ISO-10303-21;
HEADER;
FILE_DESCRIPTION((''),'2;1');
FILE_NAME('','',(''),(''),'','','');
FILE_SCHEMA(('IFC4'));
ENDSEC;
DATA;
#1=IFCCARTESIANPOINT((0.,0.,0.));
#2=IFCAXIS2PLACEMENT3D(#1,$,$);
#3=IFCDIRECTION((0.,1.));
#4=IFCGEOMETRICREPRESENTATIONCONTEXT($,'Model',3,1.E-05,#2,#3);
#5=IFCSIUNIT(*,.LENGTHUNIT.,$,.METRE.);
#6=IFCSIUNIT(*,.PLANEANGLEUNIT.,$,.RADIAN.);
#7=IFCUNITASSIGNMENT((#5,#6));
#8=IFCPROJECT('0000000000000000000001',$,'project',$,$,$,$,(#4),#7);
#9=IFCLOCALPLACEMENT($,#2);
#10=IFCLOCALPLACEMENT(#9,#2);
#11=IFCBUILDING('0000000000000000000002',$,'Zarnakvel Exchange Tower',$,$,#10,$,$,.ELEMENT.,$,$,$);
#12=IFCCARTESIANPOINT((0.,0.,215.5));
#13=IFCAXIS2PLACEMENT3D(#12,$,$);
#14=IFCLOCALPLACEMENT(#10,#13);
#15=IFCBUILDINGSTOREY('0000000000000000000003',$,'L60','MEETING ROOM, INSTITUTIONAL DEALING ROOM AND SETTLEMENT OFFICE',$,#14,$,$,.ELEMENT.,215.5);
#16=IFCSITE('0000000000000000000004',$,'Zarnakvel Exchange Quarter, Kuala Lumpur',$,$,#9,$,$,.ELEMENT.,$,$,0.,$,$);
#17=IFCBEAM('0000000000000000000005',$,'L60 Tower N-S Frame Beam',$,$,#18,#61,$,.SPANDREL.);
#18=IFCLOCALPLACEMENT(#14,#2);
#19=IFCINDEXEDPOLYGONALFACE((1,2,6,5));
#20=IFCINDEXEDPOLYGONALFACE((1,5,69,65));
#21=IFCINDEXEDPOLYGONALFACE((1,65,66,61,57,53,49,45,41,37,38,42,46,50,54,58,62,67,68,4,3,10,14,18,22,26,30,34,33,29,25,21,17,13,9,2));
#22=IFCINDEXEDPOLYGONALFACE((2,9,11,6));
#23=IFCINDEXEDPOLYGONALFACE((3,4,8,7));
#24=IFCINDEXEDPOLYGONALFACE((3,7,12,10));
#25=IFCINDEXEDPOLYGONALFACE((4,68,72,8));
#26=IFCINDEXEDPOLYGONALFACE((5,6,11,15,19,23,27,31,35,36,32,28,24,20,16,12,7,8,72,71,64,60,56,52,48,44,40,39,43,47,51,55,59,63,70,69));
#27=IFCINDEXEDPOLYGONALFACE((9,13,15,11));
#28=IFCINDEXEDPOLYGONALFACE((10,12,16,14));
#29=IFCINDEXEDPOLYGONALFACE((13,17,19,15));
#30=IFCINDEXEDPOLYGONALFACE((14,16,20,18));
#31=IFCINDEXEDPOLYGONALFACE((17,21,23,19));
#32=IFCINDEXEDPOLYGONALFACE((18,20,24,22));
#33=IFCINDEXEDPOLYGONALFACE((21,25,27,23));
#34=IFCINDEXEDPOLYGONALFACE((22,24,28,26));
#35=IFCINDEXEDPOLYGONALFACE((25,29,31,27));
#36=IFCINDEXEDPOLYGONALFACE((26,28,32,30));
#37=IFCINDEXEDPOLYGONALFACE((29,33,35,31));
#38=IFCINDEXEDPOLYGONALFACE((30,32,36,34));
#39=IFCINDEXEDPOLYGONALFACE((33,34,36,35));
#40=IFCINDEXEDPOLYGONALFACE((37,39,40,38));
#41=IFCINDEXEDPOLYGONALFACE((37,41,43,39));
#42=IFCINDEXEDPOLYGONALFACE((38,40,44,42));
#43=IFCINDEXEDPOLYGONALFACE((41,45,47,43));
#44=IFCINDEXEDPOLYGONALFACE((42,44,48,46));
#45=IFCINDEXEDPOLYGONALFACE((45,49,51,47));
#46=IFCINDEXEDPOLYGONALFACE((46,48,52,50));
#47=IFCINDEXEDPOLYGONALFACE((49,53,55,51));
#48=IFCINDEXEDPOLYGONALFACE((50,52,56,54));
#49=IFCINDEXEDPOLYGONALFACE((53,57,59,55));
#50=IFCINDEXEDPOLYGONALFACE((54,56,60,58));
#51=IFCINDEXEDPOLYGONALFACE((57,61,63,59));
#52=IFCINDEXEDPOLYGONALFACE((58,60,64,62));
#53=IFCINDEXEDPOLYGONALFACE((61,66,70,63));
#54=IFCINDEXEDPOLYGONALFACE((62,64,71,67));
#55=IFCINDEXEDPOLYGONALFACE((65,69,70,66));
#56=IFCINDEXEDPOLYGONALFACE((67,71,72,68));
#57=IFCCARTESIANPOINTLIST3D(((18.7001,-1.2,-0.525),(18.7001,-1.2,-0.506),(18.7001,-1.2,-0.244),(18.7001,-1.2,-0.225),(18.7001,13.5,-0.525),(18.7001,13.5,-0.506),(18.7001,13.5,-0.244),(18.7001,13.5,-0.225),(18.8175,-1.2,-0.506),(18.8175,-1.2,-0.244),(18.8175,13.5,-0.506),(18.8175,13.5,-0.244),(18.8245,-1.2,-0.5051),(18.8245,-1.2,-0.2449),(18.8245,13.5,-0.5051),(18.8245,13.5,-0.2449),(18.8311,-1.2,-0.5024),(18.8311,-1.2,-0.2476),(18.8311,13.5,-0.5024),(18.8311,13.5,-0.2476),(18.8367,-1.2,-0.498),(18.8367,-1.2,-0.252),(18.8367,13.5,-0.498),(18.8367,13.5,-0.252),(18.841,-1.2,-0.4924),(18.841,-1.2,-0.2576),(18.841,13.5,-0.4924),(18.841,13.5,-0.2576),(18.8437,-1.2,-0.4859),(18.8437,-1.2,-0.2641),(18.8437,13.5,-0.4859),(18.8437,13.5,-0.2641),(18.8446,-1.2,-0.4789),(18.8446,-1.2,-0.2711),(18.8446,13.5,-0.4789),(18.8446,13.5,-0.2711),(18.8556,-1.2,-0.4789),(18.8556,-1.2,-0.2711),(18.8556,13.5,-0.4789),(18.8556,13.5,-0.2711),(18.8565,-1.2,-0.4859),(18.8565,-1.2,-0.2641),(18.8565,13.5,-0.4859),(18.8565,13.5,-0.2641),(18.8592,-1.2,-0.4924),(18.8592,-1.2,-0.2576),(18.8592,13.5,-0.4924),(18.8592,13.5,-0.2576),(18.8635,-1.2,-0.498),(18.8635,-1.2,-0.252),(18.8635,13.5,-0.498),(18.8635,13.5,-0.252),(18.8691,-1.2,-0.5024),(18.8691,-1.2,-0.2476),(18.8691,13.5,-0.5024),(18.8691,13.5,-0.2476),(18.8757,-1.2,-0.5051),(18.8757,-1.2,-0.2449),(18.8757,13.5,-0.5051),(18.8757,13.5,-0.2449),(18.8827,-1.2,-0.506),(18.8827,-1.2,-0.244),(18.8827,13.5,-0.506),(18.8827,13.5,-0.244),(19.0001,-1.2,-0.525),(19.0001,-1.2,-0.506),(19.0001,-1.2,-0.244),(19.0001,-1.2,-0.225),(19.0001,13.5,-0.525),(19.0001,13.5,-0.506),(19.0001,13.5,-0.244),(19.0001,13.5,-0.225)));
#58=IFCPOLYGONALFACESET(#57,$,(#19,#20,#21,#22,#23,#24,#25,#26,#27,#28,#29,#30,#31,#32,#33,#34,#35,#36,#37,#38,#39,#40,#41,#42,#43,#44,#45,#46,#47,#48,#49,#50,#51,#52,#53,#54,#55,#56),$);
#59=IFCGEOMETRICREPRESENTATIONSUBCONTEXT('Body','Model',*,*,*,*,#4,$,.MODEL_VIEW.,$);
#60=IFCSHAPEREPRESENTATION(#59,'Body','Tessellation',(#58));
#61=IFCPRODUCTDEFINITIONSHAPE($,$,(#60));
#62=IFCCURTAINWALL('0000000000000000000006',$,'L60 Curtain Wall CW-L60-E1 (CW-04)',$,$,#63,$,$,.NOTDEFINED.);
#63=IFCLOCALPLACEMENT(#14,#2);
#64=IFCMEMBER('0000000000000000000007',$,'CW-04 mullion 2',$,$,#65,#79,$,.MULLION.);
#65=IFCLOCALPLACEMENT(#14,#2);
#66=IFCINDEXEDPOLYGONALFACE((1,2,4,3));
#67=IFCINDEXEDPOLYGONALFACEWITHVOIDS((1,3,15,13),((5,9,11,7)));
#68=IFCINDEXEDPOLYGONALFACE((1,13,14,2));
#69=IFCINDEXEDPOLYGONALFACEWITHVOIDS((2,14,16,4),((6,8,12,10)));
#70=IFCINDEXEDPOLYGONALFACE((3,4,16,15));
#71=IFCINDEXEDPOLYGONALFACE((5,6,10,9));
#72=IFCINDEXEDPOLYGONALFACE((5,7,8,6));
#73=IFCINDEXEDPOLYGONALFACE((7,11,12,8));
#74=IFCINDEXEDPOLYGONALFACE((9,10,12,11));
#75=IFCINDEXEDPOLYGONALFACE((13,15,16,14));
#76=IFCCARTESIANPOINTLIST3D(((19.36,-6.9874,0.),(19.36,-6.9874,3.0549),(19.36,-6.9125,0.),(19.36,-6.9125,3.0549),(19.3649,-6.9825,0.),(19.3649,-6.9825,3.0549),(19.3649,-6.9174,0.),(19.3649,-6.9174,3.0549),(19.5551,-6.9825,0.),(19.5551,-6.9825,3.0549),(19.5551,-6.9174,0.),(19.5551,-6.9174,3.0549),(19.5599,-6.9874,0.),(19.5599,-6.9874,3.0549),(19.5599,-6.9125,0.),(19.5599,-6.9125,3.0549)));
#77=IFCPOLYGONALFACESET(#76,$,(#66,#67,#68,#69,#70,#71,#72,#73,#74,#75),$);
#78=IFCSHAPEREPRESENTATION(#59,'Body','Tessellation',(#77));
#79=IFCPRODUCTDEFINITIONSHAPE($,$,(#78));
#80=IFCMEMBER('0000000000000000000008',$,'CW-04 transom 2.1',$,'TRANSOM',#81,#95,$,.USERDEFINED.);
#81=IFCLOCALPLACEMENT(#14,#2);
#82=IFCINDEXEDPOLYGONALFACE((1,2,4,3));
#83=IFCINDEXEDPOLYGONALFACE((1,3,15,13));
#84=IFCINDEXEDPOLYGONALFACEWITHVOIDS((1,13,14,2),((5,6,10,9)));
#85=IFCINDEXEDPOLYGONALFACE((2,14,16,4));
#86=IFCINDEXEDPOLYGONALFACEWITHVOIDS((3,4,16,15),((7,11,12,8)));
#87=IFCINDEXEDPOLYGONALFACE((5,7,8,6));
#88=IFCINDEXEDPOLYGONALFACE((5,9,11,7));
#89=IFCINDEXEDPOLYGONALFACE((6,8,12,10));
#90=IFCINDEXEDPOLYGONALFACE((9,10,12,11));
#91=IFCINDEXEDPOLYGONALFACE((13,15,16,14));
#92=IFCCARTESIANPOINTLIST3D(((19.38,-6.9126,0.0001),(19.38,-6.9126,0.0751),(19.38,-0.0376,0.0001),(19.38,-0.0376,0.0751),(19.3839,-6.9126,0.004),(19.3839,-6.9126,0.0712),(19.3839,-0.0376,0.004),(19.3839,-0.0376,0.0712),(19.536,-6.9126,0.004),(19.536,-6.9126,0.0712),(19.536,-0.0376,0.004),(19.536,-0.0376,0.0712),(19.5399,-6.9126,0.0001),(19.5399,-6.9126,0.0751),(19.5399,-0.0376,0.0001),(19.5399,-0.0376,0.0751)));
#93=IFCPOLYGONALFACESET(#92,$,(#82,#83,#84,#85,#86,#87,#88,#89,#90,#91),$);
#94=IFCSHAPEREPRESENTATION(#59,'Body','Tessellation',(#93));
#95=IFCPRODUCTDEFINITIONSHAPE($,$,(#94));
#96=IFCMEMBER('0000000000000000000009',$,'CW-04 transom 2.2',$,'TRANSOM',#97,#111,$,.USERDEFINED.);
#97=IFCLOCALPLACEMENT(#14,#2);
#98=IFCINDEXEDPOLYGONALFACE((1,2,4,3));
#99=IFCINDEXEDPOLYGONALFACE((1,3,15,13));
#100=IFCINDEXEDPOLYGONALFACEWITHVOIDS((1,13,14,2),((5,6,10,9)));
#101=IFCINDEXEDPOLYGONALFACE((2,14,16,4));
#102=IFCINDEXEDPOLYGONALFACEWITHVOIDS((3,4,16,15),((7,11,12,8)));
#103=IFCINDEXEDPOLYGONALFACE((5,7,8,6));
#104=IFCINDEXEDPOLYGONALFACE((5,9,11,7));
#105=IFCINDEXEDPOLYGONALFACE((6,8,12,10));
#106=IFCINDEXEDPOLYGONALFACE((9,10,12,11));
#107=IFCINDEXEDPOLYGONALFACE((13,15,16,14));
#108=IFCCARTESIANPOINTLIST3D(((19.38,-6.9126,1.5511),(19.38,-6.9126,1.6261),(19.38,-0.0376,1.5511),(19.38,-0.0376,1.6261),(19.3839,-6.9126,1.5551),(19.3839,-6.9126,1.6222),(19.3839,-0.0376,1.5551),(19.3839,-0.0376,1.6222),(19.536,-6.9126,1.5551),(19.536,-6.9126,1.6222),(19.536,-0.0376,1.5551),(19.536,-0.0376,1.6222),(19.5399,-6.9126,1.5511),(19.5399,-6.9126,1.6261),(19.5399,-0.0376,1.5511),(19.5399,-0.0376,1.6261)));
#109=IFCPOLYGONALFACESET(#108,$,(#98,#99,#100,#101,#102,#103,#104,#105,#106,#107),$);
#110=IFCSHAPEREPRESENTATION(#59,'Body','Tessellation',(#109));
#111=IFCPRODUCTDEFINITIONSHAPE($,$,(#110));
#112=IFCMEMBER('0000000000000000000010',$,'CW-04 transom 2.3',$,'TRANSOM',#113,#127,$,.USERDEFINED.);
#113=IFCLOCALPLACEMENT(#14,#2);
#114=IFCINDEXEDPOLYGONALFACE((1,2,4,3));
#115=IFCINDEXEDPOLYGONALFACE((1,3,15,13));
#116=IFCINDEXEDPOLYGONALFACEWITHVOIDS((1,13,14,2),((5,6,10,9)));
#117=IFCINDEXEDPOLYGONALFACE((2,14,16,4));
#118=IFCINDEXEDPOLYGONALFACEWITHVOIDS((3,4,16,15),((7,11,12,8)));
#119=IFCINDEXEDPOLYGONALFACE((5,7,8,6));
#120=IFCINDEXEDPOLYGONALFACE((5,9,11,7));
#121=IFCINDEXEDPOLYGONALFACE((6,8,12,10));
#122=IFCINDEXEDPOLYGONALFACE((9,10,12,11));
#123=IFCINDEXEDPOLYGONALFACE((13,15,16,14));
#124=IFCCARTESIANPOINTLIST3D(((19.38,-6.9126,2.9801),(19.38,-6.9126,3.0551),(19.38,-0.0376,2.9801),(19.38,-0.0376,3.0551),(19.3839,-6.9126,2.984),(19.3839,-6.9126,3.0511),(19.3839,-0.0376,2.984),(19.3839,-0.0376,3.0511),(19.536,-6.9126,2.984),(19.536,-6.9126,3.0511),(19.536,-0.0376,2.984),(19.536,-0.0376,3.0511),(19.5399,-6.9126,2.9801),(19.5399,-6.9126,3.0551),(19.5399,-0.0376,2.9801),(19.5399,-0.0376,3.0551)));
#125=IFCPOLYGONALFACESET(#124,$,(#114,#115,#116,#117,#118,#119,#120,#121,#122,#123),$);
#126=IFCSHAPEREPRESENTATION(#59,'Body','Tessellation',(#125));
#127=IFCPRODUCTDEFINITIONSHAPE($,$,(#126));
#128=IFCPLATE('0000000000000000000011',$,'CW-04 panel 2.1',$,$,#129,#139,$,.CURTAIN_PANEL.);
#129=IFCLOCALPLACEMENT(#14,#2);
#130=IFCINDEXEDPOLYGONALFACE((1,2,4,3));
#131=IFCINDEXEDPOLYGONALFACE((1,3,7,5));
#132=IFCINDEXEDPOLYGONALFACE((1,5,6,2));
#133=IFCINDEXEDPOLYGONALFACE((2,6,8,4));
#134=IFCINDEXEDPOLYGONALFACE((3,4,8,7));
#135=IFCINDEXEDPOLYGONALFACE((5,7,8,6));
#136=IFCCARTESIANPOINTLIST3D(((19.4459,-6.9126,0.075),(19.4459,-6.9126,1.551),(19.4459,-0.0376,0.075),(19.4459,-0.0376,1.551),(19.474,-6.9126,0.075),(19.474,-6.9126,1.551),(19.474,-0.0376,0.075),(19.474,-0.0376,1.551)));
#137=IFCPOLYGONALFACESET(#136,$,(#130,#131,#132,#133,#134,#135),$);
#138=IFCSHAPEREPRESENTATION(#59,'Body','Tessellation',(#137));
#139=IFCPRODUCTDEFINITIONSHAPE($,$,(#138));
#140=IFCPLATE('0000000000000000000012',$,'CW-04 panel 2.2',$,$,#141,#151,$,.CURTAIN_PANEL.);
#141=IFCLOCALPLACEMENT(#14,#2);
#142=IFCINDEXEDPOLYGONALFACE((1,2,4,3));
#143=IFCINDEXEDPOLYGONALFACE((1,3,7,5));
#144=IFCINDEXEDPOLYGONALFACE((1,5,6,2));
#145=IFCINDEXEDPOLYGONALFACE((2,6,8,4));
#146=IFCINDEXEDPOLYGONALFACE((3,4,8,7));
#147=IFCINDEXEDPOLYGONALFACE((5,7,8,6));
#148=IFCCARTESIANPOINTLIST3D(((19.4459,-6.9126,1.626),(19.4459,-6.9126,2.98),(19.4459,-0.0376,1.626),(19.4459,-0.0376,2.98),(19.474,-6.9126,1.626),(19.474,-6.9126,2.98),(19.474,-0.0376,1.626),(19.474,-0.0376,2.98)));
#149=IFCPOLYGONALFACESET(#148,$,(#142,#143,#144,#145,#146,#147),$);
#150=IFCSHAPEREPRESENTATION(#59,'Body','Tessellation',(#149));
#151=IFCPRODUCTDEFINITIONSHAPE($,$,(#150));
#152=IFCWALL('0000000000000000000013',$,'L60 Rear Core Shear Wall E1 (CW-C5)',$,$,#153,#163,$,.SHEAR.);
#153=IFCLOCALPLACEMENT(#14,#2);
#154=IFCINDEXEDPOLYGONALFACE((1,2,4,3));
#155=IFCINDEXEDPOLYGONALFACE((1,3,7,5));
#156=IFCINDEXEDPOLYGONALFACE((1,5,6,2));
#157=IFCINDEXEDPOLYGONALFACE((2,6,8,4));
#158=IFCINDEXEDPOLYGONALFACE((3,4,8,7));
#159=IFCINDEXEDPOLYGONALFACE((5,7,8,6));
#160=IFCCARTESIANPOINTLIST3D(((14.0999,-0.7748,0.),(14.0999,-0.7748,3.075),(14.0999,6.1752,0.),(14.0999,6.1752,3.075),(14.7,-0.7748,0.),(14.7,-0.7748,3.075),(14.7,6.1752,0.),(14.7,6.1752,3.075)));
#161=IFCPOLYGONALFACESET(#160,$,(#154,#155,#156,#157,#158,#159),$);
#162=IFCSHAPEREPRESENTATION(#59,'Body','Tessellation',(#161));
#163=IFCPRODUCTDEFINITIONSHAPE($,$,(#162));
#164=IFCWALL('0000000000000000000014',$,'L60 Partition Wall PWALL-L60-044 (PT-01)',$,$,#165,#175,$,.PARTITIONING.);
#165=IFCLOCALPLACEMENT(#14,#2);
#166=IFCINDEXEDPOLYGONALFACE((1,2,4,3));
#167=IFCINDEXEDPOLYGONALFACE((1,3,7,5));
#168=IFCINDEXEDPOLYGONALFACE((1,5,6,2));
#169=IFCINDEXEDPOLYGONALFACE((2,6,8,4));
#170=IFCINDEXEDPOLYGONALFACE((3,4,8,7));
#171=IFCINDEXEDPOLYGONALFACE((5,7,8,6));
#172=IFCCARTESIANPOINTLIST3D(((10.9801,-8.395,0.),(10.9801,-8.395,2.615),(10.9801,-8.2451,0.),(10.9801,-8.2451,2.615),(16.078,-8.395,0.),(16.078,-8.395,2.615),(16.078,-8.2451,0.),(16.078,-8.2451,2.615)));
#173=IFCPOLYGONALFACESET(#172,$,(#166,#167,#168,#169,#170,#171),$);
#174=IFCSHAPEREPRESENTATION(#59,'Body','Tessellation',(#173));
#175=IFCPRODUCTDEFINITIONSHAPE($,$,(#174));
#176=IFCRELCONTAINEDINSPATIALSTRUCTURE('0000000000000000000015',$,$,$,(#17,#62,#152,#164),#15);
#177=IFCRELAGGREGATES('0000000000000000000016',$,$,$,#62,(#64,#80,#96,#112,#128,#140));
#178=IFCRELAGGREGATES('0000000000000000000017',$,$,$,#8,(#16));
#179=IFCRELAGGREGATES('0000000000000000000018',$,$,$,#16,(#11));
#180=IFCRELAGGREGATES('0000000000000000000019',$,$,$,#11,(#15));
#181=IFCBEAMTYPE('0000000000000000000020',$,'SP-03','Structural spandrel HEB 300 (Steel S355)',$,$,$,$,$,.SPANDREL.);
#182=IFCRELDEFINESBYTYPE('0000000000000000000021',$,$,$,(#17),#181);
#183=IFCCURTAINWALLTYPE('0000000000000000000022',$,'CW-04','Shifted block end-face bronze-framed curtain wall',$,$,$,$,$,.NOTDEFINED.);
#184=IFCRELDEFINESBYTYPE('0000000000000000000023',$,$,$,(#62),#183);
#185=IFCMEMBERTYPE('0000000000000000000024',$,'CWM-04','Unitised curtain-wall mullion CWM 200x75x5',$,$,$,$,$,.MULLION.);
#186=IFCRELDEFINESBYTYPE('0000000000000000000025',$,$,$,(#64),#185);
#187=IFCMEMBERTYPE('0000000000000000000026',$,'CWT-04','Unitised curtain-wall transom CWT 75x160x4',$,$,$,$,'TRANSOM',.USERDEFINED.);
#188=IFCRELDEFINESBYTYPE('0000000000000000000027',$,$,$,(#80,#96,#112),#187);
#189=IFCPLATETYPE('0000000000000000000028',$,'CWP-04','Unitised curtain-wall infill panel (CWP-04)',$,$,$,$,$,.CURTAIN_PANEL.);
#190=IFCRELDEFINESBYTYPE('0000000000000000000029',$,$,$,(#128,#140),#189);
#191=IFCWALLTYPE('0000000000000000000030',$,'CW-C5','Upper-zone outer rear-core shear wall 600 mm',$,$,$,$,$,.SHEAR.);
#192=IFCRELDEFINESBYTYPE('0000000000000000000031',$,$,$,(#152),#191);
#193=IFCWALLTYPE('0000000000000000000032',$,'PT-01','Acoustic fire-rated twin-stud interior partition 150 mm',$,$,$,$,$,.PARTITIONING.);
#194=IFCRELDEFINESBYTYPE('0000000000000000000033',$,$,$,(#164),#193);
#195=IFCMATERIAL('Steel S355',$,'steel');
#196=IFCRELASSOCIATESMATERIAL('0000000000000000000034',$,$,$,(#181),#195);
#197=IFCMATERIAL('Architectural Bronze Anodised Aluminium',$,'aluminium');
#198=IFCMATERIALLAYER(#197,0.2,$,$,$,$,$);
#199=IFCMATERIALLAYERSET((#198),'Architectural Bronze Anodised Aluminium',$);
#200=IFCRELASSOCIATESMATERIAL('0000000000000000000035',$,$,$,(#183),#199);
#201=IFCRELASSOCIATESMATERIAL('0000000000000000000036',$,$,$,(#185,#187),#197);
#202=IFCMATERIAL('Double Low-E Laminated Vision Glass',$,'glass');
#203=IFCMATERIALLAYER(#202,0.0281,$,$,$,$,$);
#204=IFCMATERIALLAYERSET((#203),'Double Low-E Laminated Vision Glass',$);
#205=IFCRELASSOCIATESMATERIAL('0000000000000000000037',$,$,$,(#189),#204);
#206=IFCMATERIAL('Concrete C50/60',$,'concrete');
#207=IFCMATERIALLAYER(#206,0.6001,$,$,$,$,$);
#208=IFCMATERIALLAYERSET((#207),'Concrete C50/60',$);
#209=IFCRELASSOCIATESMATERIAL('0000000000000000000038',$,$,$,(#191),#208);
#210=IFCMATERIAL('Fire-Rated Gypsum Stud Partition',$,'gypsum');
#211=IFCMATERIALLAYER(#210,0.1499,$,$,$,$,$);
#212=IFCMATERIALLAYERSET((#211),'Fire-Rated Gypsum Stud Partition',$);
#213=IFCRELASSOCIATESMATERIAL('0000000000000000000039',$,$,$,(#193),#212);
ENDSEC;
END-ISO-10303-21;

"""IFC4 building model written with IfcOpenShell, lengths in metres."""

from ifc_helpers import new_model, si_unit, direction, frame, frame_2d, origin, origin_2d, place, context, subcontext, project, spatial, rectangle, hollow_rectangle, i_section, extrude, source, transform, mapped, material, layer, layer_set, material_profile, profile_set, type_object, element, aggregate, save


model = new_model("IFC4")

# Units and contexts
model_context = context("Model", 3, precision=1e-05, world=origin(), true_north=direction((0.0, 1.0)))
body_context = subcontext(model_context, "Body", "Model", "MODEL_VIEW")
ifc_project = project(units=[si_unit("LENGTHUNIT", "METRE"), si_unit("PLANEANGLEUNIT", "RADIAN")], contexts=[model_context])

# Site, building, storey
site_placement = place(None, origin())
site = spatial("IfcSite", under=ifc_project, at=site_placement, Name="Zarnakvel Exchange Quarter, Kuala Lumpur", CompositionType="ELEMENT", RefElevation=0.0)
building_placement = place(site_placement, origin())
building = spatial("IfcBuilding", under=site, at=building_placement, Name="Zarnakvel Exchange Tower", CompositionType="ELEMENT")
storey_placement = place(building_placement, frame((0.0, 0.0, 215.5)))
storey = spatial("IfcBuildingStorey", under=building, at=storey_placement, Name="L60", Description="MEETING ROOM, INSTITUTIONAL DEALING ROOM AND SETTLEMENT OFFICE", CompositionType="ELEMENT", Elevation=215.5)

# Shared definitions
ifc_material_1 = material(Name="Concrete C50/60", Category="concrete")
ifc_material_2 = material(Name="Steel S355", Category="steel")

# Beam
ifc_material_profile_1 = material_profile(ifc_material_2, i_section(OverallWidth=0.3, OverallDepth=0.3, WebThickness=0.011, FlangeThickness=0.019, FilletRadius=0.0271, at=origin_2d()))
ifc_profile_set_1 = profile_set([ifc_material_profile_1], Name="Steel S355")
beam_type_1 = type_object("IfcBeamType", Name="SP-03", Description="Structural spandrel HEB 300 (Steel S355)", PredefinedType="SPANDREL", material=ifc_profile_set_1)
beam_1_placement = place(storey_placement, frame((18.8501, -1.2, -0.375), z_axis=(0.0, 1.0, 0.0), x_axis=(-1.0, 0.0, 0.0)))
element("IfcBeam", 1, at=beam_1_placement, inside=storey, type_object=beam_type_1, Name="L60 Tower N-S Frame Beam", PredefinedType="SPANDREL", context=body_context, shape_type="SweptSolid", body=[
    extrude(i_section(OverallWidth=0.3, OverallDepth=0.3, WebThickness=0.011, FlangeThickness=0.019, FilletRadius=0.0271, at=origin_2d()), origin(), (0.0, 0.0, 1.0), 14.7),
])

# Curtain wall, members, plates
ifc_material_3 = material(Name="Architectural Bronze Anodised Aluminium", Category="aluminium")
ifc_layer_1 = layer(ifc_material_3, 0.2)
ifc_layer_set_1 = layer_set([ifc_layer_1], Name="Architectural Bronze Anodised Aluminium")
curtain_wall_type = type_object("IfcCurtainWallType", Name="CW-04", Description="Shifted block end-face bronze-framed curtain wall", PredefinedType="NOTDEFINED", material=ifc_layer_set_1)
curtain_wall_placement = place(storey_placement, origin())
curtain_wall = element("IfcCurtainWall", 2, at=curtain_wall_placement, inside=storey, type_object=curtain_wall_type, Name="L60 Curtain Wall CW-L60-E1 (CW-04)", PredefinedType="NOTDEFINED")
ifc_material_profile_2 = material_profile(ifc_material_3, hollow_rectangle(XDim=0.2, YDim=0.075, WallThickness=0.0049, at=origin_2d()))
ifc_profile_set_2 = profile_set([ifc_material_profile_2], Name="Architectural Bronze Anodised Aluminium")
member_type_1 = type_object("IfcMemberType", Name="CWM-04", Description="Unitised curtain-wall mullion CWM 200x75x5", PredefinedType="MULLION", material=ifc_profile_set_2)
shared_shape_1 = source(origin(), body_context, "Body", "SweptSolid", [
    extrude(hollow_rectangle(XDim=0.2, YDim=0.075, WallThickness=0.0049, at=origin_2d()), origin(), (0.0, 0.0, 1.0), 3.0549),
])
member_1_placement = place(storey_placement, frame((19.46, -6.95, 0.0), z_axis=(0.0, 0.0, 1.0), x_axis=(-1.0, 0.0, 0.0)))
member_1 = element("IfcMember", 3, at=member_1_placement, type_object=member_type_1, Name="CW-04 mullion 2", PredefinedType="MULLION", context=body_context, shape_type="MappedRepresentation", body=[
    mapped(shared_shape_1, transform((0.0, 0.0, 0.0), x_axis=(1.0, 0.0, 0.0), y_axis=(0.0, 1.0, 0.0), z_axis=(0.0, 0.0, 1.0), scale=1.0)),
])
ifc_material_profile_3 = material_profile(ifc_material_3, hollow_rectangle(XDim=0.1599, YDim=0.075, WallThickness=0.0039, at=origin_2d()))
ifc_profile_set_3 = profile_set([ifc_material_profile_3], Name="Architectural Bronze Anodised Aluminium")
member_type_2 = type_object("IfcMemberType", Name="CWT-04", Description="Unitised curtain-wall transom CWT 75x160x4", ElementType="TRANSOM", PredefinedType="USERDEFINED", material=ifc_profile_set_3)
shared_shape_2 = source(origin(), body_context, "Body", "SweptSolid", [
    extrude(hollow_rectangle(XDim=0.1599, YDim=0.075, WallThickness=0.0039, at=origin_2d()), origin(), (0.0, 0.0, 1.0), 6.875),
])
member_2_placement = place(storey_placement, frame((19.46, -6.9126, 0.0376), z_axis=(0.0, 1.0, 0.0), x_axis=(-1.0, 0.0, 0.0)))
member_2 = element("IfcMember", 4, at=member_2_placement, type_object=member_type_2, Name="CW-04 transom 2.1", ObjectType="TRANSOM", PredefinedType="USERDEFINED", context=body_context, shape_type="MappedRepresentation", body=[
    mapped(shared_shape_2, transform((0.0, 0.0, 0.0), x_axis=(1.0, 0.0, 0.0), y_axis=(0.0, 1.0, 0.0), z_axis=(0.0, 0.0, 1.0), scale=1.0)),
])
member_3_placement = place(storey_placement, frame((19.46, -6.9126, 1.5886), z_axis=(0.0, 1.0, 0.0), x_axis=(-1.0, 0.0, 0.0)))
member_3 = element("IfcMember", 5, at=member_3_placement, type_object=member_type_2, Name="CW-04 transom 2.2", ObjectType="TRANSOM", PredefinedType="USERDEFINED", context=body_context, shape_type="MappedRepresentation", body=[
    mapped(shared_shape_2, transform((0.0, 0.0, 0.0), x_axis=(1.0, 0.0, 0.0), y_axis=(0.0, 1.0, 0.0), z_axis=(0.0, 0.0, 1.0), scale=1.0)),
])
member_4_placement = place(storey_placement, frame((19.46, -6.9126, 3.0176), z_axis=(0.0, 1.0, 0.0), x_axis=(-1.0, 0.0, 0.0)))
member_4 = element("IfcMember", 6, at=member_4_placement, type_object=member_type_2, Name="CW-04 transom 2.3", ObjectType="TRANSOM", PredefinedType="USERDEFINED", context=body_context, shape_type="MappedRepresentation", body=[
    mapped(shared_shape_2, transform((0.0, 0.0, 0.0), x_axis=(1.0, 0.0, 0.0), y_axis=(0.0, 1.0, 0.0), z_axis=(0.0, 0.0, 1.0), scale=1.0)),
])
ifc_material_4 = material(Name="Double Low-E Laminated Vision Glass", Category="glass")
ifc_layer_2 = layer(ifc_material_4, 0.0281)
ifc_layer_set_2 = layer_set([ifc_layer_2], Name="Double Low-E Laminated Vision Glass")
plate_type = type_object("IfcPlateType", Name="CWP-04", Description="Unitised curtain-wall infill panel (CWP-04)", PredefinedType="CURTAIN_PANEL", material=ifc_layer_set_2)
shared_shape_3 = source(origin(), body_context, "Body", "SweptSolid", [
    extrude(rectangle(XDim=6.875, YDim=0.0281, at=origin_2d()), origin(), (0.0, 0.0, 1.0), 1.4761),
])
plate_1_placement = place(storey_placement, frame((19.46, -3.4751, 0.075), z_axis=(0.0, 0.0, 1.0), x_axis=(0.0, 1.0, 0.0)))
plate_1 = element("IfcPlate", 7, at=plate_1_placement, type_object=plate_type, Name="CW-04 panel 2.1", PredefinedType="CURTAIN_PANEL", context=body_context, shape_type="MappedRepresentation", body=[
    mapped(shared_shape_3, transform((0.0, 0.0, 0.0), x_axis=(1.0, 0.0, 0.0), y_axis=(0.0, 1.0, 0.0), z_axis=(0.0, 0.0, 1.0), scale=1.0)),
])
shared_shape_4 = source(origin(), body_context, "Body", "SweptSolid", [
    extrude(rectangle(XDim=6.875, YDim=0.0281, at=origin_2d()), origin(), (0.0, 0.0, 1.0), 1.354),
])
plate_2_placement = place(storey_placement, frame((19.46, -3.4751, 1.626), z_axis=(0.0, 0.0, 1.0), x_axis=(0.0, 1.0, 0.0)))
plate_2 = element("IfcPlate", 8, at=plate_2_placement, type_object=plate_type, Name="CW-04 panel 2.2", PredefinedType="CURTAIN_PANEL", context=body_context, shape_type="MappedRepresentation", body=[
    mapped(shared_shape_4, transform((0.0, 0.0, 0.0), x_axis=(1.0, 0.0, 0.0), y_axis=(0.0, 1.0, 0.0), z_axis=(0.0, 0.0, 1.0), scale=1.0)),
])
aggregate(curtain_wall, [member_1, member_2, member_3, member_4, plate_1, plate_2])

# Walls
ifc_layer_3 = layer(ifc_material_1, 0.6001)
ifc_layer_set_3 = layer_set([ifc_layer_3], Name="Concrete C50/60")
wall_type_1 = type_object("IfcWallType", Name="CW-C5", Description="Upper-zone outer rear-core shear wall 600 mm", PredefinedType="SHEAR", material=ifc_layer_set_3)
wall_1_placement = place(storey_placement, frame((14.3999, -0.7749, 0.0), z_axis=(0.0, 0.0, 1.0), x_axis=(0.0, 1.0, 0.0)))
element("IfcWall", 9, at=wall_1_placement, inside=storey, type_object=wall_type_1, Name="L60 Rear Core Shear Wall E1 (CW-C5)", PredefinedType="SHEAR", context=body_context, shape_type="SweptSolid", body=[
    extrude(rectangle(XDim=6.95, YDim=0.6001, at=frame_2d((3.4751, 0.0))), origin(), (0.0, 0.0, 1.0), 3.075),
])
ifc_material_5 = material(Name="Fire-Rated Gypsum Stud Partition", Category="gypsum")
ifc_layer_4 = layer(ifc_material_5, 0.1499)
ifc_layer_set_4 = layer_set([ifc_layer_4], Name="Fire-Rated Gypsum Stud Partition")
wall_type_2 = type_object("IfcWallType", Name="PT-01", Description="Acoustic fire-rated twin-stud interior partition 150 mm", PredefinedType="PARTITIONING", material=ifc_layer_set_4)
wall_2_placement = place(storey_placement, frame((16.0779, -8.3201, 0.0), z_axis=(0.0, 0.0, 1.0), x_axis=(-1.0, 0.0, 0.0)))
element("IfcWall", 10, at=wall_2_placement, inside=storey, type_object=wall_type_2, Name="L60 Partition Wall PWALL-L60-044 (PT-01)", PredefinedType="PARTITIONING", context=body_context, shape_type="SweptSolid", body=[
    extrude(rectangle(XDim=5.0979, YDim=0.1499, at=frame_2d((2.5488, 0.0))), origin(), (0.0, 0.0, 1.0), 2.615),
])

save(model, "model.ifc")
